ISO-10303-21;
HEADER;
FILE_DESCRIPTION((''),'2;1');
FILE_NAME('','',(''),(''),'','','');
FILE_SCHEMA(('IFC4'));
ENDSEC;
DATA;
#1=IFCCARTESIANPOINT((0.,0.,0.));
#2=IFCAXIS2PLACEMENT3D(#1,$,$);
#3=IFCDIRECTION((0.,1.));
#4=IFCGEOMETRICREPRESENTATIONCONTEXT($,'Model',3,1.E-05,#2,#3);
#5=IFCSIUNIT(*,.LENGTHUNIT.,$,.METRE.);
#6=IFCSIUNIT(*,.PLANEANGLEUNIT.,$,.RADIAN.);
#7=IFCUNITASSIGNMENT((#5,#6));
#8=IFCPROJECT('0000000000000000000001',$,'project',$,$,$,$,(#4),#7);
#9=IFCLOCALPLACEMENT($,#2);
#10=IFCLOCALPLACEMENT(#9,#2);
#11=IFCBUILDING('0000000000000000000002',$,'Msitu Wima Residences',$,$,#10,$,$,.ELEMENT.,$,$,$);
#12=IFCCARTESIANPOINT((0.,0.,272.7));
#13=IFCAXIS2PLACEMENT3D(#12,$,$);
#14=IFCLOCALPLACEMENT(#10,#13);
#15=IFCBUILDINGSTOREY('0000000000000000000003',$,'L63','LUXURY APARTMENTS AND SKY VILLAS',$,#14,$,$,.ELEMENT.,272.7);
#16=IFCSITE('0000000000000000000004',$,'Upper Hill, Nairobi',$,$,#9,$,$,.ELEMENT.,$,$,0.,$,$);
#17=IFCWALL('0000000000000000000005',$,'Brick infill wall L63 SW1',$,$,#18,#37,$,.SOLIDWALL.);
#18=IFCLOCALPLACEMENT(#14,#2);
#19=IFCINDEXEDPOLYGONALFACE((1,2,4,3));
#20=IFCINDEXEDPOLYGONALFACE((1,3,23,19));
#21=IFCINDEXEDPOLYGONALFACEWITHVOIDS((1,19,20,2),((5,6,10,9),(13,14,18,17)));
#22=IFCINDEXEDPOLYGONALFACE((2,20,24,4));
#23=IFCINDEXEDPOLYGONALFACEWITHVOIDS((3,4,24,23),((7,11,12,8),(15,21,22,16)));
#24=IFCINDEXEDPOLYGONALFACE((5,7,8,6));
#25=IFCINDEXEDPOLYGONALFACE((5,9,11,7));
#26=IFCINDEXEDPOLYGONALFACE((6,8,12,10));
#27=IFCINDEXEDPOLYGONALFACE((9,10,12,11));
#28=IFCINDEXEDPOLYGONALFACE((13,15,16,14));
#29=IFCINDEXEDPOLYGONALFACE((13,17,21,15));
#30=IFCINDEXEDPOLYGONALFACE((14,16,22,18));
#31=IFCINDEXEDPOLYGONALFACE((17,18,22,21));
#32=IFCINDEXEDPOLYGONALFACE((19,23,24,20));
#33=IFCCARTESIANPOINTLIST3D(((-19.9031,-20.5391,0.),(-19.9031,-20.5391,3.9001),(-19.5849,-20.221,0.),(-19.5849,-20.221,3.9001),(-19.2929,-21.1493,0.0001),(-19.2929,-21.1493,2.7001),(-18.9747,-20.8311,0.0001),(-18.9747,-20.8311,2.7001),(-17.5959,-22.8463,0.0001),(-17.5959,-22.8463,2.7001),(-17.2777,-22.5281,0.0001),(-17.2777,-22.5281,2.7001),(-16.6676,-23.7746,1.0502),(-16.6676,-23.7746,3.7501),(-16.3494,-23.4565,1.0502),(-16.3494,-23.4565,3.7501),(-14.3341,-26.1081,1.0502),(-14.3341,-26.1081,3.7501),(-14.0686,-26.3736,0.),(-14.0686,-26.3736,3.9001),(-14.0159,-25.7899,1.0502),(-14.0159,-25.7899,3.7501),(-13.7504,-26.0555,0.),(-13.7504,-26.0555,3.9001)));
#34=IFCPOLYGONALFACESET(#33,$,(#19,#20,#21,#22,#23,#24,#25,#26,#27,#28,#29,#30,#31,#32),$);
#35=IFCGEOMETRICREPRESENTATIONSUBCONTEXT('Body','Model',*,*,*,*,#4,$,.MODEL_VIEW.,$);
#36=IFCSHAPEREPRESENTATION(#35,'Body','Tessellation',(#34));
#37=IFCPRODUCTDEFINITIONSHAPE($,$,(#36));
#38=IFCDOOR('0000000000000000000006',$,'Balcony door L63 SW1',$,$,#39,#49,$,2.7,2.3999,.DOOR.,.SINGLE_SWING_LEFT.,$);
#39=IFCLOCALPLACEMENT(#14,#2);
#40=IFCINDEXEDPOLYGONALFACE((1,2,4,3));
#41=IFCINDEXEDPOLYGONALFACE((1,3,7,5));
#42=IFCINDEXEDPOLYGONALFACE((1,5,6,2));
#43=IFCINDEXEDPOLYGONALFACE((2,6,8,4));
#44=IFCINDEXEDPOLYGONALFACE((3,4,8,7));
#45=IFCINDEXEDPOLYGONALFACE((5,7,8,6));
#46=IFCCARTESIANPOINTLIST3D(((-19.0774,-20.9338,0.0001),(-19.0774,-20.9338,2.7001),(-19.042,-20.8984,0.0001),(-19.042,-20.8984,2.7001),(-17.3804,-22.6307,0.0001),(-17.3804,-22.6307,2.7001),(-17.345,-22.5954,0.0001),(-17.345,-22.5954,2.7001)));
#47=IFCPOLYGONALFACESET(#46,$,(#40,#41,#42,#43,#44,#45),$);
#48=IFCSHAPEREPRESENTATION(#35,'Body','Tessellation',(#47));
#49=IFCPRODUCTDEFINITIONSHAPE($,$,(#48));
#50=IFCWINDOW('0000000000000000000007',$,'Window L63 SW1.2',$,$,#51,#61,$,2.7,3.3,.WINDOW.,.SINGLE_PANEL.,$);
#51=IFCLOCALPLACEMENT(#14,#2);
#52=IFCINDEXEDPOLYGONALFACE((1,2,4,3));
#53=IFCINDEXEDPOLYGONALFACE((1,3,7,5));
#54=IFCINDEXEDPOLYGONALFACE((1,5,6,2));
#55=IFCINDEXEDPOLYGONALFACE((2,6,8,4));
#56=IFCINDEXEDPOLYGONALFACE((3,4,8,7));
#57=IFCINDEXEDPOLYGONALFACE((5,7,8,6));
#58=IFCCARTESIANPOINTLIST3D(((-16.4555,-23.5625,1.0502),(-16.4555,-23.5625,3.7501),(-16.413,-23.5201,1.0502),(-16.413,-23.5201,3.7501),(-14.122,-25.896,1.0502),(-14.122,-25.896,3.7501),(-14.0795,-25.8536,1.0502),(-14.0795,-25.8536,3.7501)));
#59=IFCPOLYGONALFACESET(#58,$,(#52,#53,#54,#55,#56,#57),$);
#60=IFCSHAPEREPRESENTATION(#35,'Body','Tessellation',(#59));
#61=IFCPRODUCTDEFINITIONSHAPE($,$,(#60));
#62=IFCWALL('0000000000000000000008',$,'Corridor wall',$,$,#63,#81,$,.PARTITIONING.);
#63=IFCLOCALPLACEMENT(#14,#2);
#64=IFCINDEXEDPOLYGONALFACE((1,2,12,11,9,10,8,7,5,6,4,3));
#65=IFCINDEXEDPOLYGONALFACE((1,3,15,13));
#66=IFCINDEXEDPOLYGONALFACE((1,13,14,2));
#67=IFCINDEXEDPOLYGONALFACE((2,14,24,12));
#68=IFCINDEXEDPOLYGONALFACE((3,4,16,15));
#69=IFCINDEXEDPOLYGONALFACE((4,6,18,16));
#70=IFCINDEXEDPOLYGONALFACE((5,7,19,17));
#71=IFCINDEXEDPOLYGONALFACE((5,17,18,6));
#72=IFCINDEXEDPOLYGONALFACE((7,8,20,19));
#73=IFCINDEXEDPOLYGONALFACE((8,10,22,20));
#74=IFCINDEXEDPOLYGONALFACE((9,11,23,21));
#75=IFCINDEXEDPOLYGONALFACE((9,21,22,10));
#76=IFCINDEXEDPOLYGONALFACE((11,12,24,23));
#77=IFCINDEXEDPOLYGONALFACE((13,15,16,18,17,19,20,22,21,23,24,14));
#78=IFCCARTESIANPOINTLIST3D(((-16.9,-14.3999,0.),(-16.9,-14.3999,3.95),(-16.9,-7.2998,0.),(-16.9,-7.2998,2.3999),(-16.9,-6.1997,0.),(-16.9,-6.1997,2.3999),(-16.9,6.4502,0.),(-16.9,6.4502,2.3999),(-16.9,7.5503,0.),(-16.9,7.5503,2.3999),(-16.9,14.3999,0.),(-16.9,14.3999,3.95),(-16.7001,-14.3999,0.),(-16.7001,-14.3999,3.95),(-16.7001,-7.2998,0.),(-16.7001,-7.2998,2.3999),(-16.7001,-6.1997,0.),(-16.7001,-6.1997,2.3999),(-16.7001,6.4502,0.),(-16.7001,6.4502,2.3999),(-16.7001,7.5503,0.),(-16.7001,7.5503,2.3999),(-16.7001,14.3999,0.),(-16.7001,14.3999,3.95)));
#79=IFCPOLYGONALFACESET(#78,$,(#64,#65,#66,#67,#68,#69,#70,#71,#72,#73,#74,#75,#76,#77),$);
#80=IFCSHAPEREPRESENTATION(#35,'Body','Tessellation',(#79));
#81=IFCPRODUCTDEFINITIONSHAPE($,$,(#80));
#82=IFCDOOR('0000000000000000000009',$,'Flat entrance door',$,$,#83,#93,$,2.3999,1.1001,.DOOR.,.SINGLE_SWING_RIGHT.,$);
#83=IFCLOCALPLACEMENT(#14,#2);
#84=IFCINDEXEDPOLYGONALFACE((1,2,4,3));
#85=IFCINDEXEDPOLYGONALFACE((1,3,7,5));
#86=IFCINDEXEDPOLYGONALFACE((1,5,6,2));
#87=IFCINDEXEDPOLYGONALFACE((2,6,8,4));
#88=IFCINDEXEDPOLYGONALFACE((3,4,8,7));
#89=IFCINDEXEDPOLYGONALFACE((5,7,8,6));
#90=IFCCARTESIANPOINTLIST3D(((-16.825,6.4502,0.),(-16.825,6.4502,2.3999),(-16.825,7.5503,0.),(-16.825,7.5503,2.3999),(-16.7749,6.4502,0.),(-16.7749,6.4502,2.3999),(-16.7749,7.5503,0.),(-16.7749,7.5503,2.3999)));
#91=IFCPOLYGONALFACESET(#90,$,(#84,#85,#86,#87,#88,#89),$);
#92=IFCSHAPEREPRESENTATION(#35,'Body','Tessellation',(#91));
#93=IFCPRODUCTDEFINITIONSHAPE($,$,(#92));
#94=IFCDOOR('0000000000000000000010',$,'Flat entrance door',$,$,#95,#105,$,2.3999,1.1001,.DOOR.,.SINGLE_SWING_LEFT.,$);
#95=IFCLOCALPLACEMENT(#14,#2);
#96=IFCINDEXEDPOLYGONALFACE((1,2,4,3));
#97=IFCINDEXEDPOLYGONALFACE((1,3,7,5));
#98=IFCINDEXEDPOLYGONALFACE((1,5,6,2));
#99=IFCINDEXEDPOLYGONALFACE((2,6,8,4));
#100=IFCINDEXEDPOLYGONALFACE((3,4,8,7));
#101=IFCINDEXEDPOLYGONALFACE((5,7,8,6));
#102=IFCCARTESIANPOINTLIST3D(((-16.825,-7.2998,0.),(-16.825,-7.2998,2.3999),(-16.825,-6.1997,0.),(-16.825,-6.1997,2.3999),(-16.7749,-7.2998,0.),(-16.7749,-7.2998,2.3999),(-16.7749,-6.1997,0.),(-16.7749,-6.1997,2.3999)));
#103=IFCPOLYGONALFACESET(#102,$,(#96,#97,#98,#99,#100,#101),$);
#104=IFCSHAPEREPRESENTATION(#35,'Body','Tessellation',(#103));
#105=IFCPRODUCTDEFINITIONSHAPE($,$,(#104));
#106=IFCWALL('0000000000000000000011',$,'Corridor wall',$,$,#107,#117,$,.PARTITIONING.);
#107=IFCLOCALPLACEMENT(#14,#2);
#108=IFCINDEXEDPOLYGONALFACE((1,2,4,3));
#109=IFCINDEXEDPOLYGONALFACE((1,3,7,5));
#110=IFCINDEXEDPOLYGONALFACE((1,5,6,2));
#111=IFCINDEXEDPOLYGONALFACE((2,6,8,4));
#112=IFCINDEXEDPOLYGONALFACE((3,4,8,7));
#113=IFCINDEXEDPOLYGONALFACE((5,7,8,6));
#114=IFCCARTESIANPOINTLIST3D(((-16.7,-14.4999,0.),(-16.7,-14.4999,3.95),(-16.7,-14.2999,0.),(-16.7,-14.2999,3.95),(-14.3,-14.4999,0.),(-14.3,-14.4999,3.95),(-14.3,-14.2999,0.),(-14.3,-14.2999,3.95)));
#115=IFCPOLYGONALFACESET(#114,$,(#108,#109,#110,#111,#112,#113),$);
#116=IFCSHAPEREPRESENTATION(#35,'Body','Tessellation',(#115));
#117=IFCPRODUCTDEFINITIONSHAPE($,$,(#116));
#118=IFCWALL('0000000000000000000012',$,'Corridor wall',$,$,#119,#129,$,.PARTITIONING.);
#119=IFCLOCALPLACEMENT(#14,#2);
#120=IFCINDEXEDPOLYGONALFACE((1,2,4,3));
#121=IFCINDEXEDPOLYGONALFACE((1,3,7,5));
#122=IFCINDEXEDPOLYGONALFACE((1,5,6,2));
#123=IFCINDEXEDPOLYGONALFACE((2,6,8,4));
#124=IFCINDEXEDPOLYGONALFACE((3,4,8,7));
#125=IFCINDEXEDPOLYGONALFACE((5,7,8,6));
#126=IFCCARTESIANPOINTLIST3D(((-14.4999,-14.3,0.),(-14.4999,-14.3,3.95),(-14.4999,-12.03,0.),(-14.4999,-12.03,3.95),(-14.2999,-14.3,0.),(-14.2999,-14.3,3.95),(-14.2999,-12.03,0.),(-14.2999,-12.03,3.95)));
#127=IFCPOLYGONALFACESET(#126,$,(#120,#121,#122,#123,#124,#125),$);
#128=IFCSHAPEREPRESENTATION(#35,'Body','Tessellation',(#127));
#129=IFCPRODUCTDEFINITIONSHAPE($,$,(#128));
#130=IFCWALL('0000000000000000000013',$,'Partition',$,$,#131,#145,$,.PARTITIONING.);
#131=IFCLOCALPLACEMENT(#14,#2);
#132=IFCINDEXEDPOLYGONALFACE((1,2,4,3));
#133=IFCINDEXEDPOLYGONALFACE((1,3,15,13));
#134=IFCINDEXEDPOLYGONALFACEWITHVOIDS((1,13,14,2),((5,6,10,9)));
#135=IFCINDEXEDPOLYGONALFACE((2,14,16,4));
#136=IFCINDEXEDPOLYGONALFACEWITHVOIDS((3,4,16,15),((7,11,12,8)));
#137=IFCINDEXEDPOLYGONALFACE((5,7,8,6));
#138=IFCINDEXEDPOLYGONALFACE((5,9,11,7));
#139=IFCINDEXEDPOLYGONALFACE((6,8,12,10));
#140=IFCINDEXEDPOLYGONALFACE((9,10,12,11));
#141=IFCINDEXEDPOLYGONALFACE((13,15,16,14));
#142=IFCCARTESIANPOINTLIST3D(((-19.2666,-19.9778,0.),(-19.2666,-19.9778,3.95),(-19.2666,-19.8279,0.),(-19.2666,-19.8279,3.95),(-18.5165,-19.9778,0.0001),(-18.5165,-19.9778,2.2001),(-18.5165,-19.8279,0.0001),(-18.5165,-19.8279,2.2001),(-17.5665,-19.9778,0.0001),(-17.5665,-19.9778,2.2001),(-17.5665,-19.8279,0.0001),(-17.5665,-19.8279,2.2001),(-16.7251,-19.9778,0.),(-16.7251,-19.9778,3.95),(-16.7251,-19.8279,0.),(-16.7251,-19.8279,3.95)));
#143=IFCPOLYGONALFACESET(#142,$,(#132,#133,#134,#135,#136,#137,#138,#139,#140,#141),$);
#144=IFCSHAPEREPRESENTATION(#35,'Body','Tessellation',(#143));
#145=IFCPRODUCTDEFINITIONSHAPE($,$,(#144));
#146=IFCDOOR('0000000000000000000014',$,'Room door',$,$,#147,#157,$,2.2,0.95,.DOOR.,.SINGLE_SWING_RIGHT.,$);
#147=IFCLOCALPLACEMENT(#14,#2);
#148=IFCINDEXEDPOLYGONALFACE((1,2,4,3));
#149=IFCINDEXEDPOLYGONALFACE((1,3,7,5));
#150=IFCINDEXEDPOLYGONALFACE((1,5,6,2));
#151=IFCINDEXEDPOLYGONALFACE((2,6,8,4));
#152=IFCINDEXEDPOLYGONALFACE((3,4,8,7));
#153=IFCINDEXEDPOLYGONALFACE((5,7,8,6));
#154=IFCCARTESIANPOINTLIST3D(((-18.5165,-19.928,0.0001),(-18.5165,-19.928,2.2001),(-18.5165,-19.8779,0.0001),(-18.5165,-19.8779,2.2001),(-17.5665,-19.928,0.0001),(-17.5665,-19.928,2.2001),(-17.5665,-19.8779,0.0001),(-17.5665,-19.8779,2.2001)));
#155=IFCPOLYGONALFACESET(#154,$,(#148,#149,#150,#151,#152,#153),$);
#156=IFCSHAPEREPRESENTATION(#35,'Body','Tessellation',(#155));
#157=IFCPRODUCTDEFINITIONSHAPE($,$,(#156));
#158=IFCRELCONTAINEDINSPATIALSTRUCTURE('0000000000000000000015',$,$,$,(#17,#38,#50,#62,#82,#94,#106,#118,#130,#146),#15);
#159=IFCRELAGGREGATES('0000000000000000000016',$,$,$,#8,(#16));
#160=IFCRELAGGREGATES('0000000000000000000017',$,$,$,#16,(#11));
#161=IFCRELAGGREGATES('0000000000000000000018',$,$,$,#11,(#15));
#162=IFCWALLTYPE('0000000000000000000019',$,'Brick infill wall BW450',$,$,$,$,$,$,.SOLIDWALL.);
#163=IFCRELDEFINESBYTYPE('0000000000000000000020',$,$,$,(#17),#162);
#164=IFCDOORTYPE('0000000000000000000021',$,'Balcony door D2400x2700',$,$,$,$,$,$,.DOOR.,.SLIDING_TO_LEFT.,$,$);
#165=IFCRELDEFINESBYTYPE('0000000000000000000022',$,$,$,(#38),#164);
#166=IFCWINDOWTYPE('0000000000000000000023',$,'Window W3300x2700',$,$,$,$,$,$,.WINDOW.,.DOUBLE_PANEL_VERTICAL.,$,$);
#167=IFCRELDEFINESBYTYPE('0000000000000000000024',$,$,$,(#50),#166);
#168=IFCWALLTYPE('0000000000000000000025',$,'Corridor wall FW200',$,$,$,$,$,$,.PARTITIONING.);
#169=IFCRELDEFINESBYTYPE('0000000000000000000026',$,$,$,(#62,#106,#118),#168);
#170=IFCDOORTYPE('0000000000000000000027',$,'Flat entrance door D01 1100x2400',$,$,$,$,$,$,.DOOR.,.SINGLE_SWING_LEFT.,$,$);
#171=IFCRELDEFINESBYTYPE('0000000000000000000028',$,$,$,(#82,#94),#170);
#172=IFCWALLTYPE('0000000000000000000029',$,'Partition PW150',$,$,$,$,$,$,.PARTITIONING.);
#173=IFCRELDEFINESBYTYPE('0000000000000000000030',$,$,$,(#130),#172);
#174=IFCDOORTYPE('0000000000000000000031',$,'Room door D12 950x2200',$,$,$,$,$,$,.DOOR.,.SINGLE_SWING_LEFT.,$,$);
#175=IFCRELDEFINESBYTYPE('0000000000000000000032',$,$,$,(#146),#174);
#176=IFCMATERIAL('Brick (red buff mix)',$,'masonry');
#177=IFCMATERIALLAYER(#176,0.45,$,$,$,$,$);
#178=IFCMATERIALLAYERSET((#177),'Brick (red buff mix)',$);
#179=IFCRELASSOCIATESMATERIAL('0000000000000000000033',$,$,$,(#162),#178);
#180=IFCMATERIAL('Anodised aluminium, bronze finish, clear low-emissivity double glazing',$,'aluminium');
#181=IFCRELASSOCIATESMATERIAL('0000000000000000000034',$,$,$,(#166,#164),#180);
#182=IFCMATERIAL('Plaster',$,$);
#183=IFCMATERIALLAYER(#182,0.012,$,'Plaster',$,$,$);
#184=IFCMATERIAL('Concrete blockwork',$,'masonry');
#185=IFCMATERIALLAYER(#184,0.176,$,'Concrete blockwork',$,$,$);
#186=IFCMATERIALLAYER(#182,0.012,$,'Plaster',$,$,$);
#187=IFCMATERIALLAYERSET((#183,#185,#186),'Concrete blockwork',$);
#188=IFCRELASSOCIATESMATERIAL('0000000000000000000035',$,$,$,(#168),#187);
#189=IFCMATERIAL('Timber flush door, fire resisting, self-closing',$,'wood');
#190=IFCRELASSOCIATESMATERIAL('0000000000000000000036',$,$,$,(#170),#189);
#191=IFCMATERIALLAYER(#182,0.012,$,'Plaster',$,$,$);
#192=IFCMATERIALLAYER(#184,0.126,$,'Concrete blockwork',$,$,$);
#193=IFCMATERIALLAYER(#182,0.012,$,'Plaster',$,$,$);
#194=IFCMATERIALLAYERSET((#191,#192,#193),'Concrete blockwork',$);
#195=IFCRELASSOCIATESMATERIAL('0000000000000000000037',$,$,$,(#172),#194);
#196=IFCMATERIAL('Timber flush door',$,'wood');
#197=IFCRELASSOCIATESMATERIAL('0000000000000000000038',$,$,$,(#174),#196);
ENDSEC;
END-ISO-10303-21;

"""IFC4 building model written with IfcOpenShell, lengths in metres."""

from ifc_helpers import new_model, si_unit, direction, frame, frame_2d, origin, place, context, subcontext, project, spatial, rectangle, extrude, material, layer, layer_set, type_object, element, fill, save


model = new_model("IFC4")

# Units and contexts
model_context = context("Model", 3, precision=1e-05, world=origin(), true_north=direction((0.0, 1.0)))
body_context = subcontext(model_context, "Body", "Model", "MODEL_VIEW")
ifc_project = project(units=[si_unit("LENGTHUNIT", "METRE"), si_unit("PLANEANGLEUNIT", "RADIAN")], contexts=[model_context])

# Site, building, storey
site_placement = place(None, origin())
site = spatial("IfcSite", under=ifc_project, at=site_placement, Name="Upper Hill, Nairobi", CompositionType="ELEMENT", RefElevation=0.0)
building_placement = place(site_placement, origin())
building = spatial("IfcBuilding", under=site, at=building_placement, Name="Msitu Wima Residences", CompositionType="ELEMENT")
storey_placement = place(building_placement, frame((0.0, 0.0, 272.7)))
storey = spatial("IfcBuildingStorey", under=building, at=storey_placement, Name="L63", Description="LUXURY APARTMENTS AND SKY VILLAS", CompositionType="ELEMENT", Elevation=272.7)

# Shared definitions
ifc_material_1 = material(Name="Brick (red buff mix)", Category="masonry")
ifc_layer_1 = layer(ifc_material_1, 0.45)
ifc_layer_set_1 = layer_set([ifc_layer_1], Name="Brick (red buff mix)")
wall_type_1 = type_object("IfcWallType", Name="Brick infill wall BW450", PredefinedType="SOLIDWALL", material=ifc_layer_set_1)
ifc_material_2 = material(Name="Anodised aluminium, bronze finish, clear low-emissivity double glazing", Category="aluminium")
window_type = type_object("IfcWindowType", Name="Window W3300x2700", PartitioningType="DOUBLE_PANEL_VERTICAL", PredefinedType="WINDOW", material=ifc_material_2)

# Wall, openings, door, window
wall_1_placement = place(storey_placement, frame((-19.7439, -20.3801, 0.0), z_axis=(0.0, 0.0, 1.0), x_axis=(0.707107, -0.707107, 0.0)))
wall_1 = element("IfcWall", 1, at=wall_1_placement, inside=storey, type_object=wall_type_1, Name="Brick infill wall L63 SW1", PredefinedType="SOLIDWALL", context=body_context, shape_type="SweptSolid", body=[
    extrude(rectangle(XDim=8.2512, YDim=0.45, at=frame_2d((4.1255, 0.0))), origin(), (0.0, 0.0, 1.0), 3.9001),
])
opening_1_placement = place(wall_1_placement, frame((0.8628, 0.0, 0.0)))
opening_1 = element("IfcOpeningElement", 2, at=opening_1_placement, cuts=wall_1, PredefinedType="OPENING", context=body_context, shape_type="SweptSolid", body=[
    extrude(rectangle(XDim=2.3999, YDim=2.7, at=frame_2d((1.2, 1.3501))), frame((0.0, 0.2349, 0.0), z_axis=(0.0, -1.0, 0.0), x_axis=(1.0, 0.0, 0.0)), (0.0, 0.0, 1.0), 0.47),
])
opening_2_placement = place(wall_1_placement, frame((4.5757, 0.0, 1.05)))
opening_2 = element("IfcOpeningElement", 3, at=opening_2_placement, cuts=wall_1, PredefinedType="OPENING", context=body_context, shape_type="SweptSolid", body=[
    extrude(rectangle(XDim=3.3, YDim=2.7, at=frame_2d((1.6499, 1.3501))), frame((0.0, 0.2349, 0.0), z_axis=(0.0, -1.0, 0.0), x_axis=(1.0, 0.0, 0.0)), (0.0, 0.0, 1.0), 0.47),
])
door_type_1 = type_object("IfcDoorType", Name="Balcony door D2400x2700", OperationType="SLIDING_TO_LEFT", PredefinedType="DOOR", material=ifc_material_2)
door_1_placement = place(opening_1_placement, origin())
door_1 = element("IfcDoor", 4, at=door_1_placement, inside=storey, type_object=door_type_1, Name="Balcony door L63 SW1", OperationType="SINGLE_SWING_LEFT", OverallHeight=2.7, OverallWidth=2.3999, PredefinedType="DOOR", context=body_context, shape_type="SweptSolid", body=[
    extrude(rectangle(XDim=2.3999, YDim=2.7, at=frame_2d((1.2, 1.3501))), frame((0.0, 0.1299, 0.0), z_axis=(0.0, -1.0, 0.0), x_axis=(1.0, 0.0, 0.0)), (0.0, 0.0, 1.0), 0.05),
])
fill(opening_1, door_1)
window_1_placement = place(opening_2_placement, origin())
window_1 = element("IfcWindow", 5, at=window_1_placement, inside=storey, type_object=window_type, Name="Window L63 SW1.2", OverallHeight=2.7, OverallWidth=3.3, PartitioningType="SINGLE_PANEL", PredefinedType="WINDOW", context=body_context, shape_type="SweptSolid", body=[
    extrude(rectangle(XDim=3.3, YDim=2.7, at=frame_2d((1.6499, 1.3501))), frame((0.0, 0.135, 0.0), z_axis=(0.0, -1.0, 0.0), x_axis=(1.0, 0.0, 0.0)), (0.0, 0.0, 1.0), 0.0601),
])
fill(opening_2, window_1)

# Wall, openings, doors
ifc_material_3 = material(Name="Plaster")
ifc_layer_2 = layer(ifc_material_3, 0.012, Name="Plaster")
ifc_material_4 = material(Name="Concrete blockwork", Category="masonry")
ifc_layer_3 = layer(ifc_material_4, 0.176, Name="Concrete blockwork")
ifc_layer_4 = layer(ifc_material_3, 0.012, Name="Plaster")
ifc_layer_set_2 = layer_set([ifc_layer_2, ifc_layer_3, ifc_layer_4], Name="Concrete blockwork")
wall_type_2 = type_object("IfcWallType", Name="Corridor wall FW200", PredefinedType="PARTITIONING", material=ifc_layer_set_2)
wall_2_placement = place(storey_placement, frame((-16.8, -14.3999, 0.0), z_axis=(0.0, 0.0, 1.0), x_axis=(0.0, 1.0, 0.0)))
wall_2 = element("IfcWall", 6, at=wall_2_placement, inside=storey, type_object=wall_type_2, Name="Corridor wall", PredefinedType="PARTITIONING", context=body_context, shape_type="SweptSolid", body=[
    extrude(rectangle(XDim=28.7998, YDim=0.2, at=frame_2d((14.3999, 0.0))), origin(), (0.0, 0.0, 1.0), 3.95),
])
opening_3_placement = place(wall_2_placement, frame((20.8501, 0.0, 0.0)))
opening_3 = element("IfcOpeningElement", 7, at=opening_3_placement, cuts=wall_2, PredefinedType="OPENING", context=body_context, shape_type="SweptSolid", body=[
    extrude(rectangle(XDim=1.1001, YDim=2.3999, at=frame_2d((0.55, 1.2))), frame((0.0, 0.1099, 0.0), z_axis=(0.0, -1.0, 0.0), x_axis=(1.0, 0.0, 0.0)), (0.0, 0.0, 1.0), 0.22),
])
opening_4_placement = place(wall_2_placement, frame((7.1001, 0.0, 0.0)))
opening_4 = element("IfcOpeningElement", 8, at=opening_4_placement, cuts=wall_2, PredefinedType="OPENING", context=body_context, shape_type="SweptSolid", body=[
    extrude(rectangle(XDim=1.1001, YDim=2.3999, at=frame_2d((0.55, 1.2))), frame((0.0, 0.1099, 0.0), z_axis=(0.0, -1.0, 0.0), x_axis=(1.0, 0.0, 0.0)), (0.0, 0.0, 1.0), 0.22),
])
ifc_material_5 = material(Name="Timber flush door, fire resisting, self-closing", Category="wood")
door_type_2 = type_object("IfcDoorType", Name="Flat entrance door D01 1100x2400", OperationType="SINGLE_SWING_LEFT", PredefinedType="DOOR", material=ifc_material_5)
door_2_placement = place(opening_3_placement, origin())
door_2 = element("IfcDoor", 9, at=door_2_placement, inside=storey, type_object=door_type_2, Name="Flat entrance door", OperationType="SINGLE_SWING_RIGHT", OverallHeight=2.3999, OverallWidth=1.1001, PredefinedType="DOOR", context=body_context, shape_type="SweptSolid", body=[
    extrude(rectangle(XDim=1.1001, YDim=2.3999, at=frame_2d((0.55, 1.2))), frame((0.0, 0.0249, 0.0), z_axis=(0.0, -1.0, 0.0), x_axis=(1.0, 0.0, 0.0)), (0.0, 0.0, 1.0), 0.05),
])
fill(opening_3, door_2)
door_3_placement = place(opening_4_placement, origin())
door_3 = element("IfcDoor", 10, at=door_3_placement, inside=storey, type_object=door_type_2, Name="Flat entrance door", OperationType="SINGLE_SWING_LEFT", OverallHeight=2.3999, OverallWidth=1.1001, PredefinedType="DOOR", context=body_context, shape_type="SweptSolid", body=[
    extrude(rectangle(XDim=1.1001, YDim=2.3999, at=frame_2d((0.55, 1.2))), frame((0.0, 0.0249, 0.0), z_axis=(0.0, -1.0, 0.0), x_axis=(1.0, 0.0, 0.0)), (0.0, 0.0, 1.0), 0.05),
])
fill(opening_4, door_3)

# Walls
wall_3_placement = place(storey_placement, frame((-16.7, -14.3999, 0.0), z_axis=(0.0, 0.0, 1.0), x_axis=(1.0, 0.0, 0.0)))
element("IfcWall", 11, at=wall_3_placement, inside=storey, type_object=wall_type_2, Name="Corridor wall", PredefinedType="PARTITIONING", context=body_context, shape_type="SweptSolid", body=[
    extrude(rectangle(XDim=2.3999, YDim=0.2, at=frame_2d((1.2, 0.0))), origin(), (0.0, 0.0, 1.0), 3.95),
])
wall_4_placement = place(storey_placement, frame((-14.3999, -14.3, 0.0), z_axis=(0.0, 0.0, 1.0), x_axis=(0.0, 1.0, 0.0)))
element("IfcWall", 12, at=wall_4_placement, inside=storey, type_object=wall_type_2, Name="Corridor wall", PredefinedType="PARTITIONING", context=body_context, shape_type="SweptSolid", body=[
    extrude(rectangle(XDim=2.27, YDim=0.2, at=frame_2d((1.135, 0.0))), origin(), (0.0, 0.0, 1.0), 3.95),
])

# Wall, opening, door
ifc_layer_5 = layer(ifc_material_3, 0.012, Name="Plaster")
ifc_layer_6 = layer(ifc_material_4, 0.126, Name="Concrete blockwork")
ifc_layer_7 = layer(ifc_material_3, 0.012, Name="Plaster")
ifc_layer_set_3 = layer_set([ifc_layer_5, ifc_layer_6, ifc_layer_7], Name="Concrete blockwork")
wall_type_3 = type_object("IfcWallType", Name="Partition PW150", PredefinedType="PARTITIONING", material=ifc_layer_set_3)
wall_5_placement = place(storey_placement, frame((-19.2666, -19.9028, 0.0), z_axis=(0.0, 0.0, 1.0), x_axis=(1.0, 0.0, 0.0)))
wall_5 = element("IfcWall", 13, at=wall_5_placement, inside=storey, type_object=wall_type_3, Name="Partition", PredefinedType="PARTITIONING", context=body_context, shape_type="SweptSolid", body=[
    extrude(rectangle(XDim=2.5415, YDim=0.1499, at=frame_2d((1.2708, 0.0))), origin(), (0.0, 0.0, 1.0), 3.95),
])
opening_5_placement = place(wall_5_placement, frame((0.75, 0.0, 0.0)))
opening_5 = element("IfcOpeningElement", 14, at=opening_5_placement, cuts=wall_5, PredefinedType="OPENING", context=body_context, shape_type="SweptSolid", body=[
    extrude(rectangle(XDim=0.95, YDim=2.2, at=frame_2d((0.4751, 1.1001))), frame((0.0, 0.085, 0.0), z_axis=(0.0, -1.0, 0.0), x_axis=(1.0, 0.0, 0.0)), (0.0, 0.0, 1.0), 0.1699),
])
ifc_material_6 = material(Name="Timber flush door", Category="wood")
door_type_3 = type_object("IfcDoorType", Name="Room door D12 950x2200", OperationType="SINGLE_SWING_LEFT", PredefinedType="DOOR", material=ifc_material_6)
door_4_placement = place(opening_5_placement, origin())
door_4 = element("IfcDoor", 15, at=door_4_placement, inside=storey, type_object=door_type_3, Name="Room door", OperationType="SINGLE_SWING_RIGHT", OverallHeight=2.2, OverallWidth=0.95, PredefinedType="DOOR", context=body_context, shape_type="SweptSolid", body=[
    extrude(rectangle(XDim=0.95, YDim=2.2, at=frame_2d((0.4751, 1.1001))), frame((0.0, 0.0249, 0.0), z_axis=(0.0, -1.0, 0.0), x_axis=(1.0, 0.0, 0.0)), (0.0, 0.0, 1.0), 0.05),
])
fill(opening_5, door_4)

save(model, "model.ifc")
